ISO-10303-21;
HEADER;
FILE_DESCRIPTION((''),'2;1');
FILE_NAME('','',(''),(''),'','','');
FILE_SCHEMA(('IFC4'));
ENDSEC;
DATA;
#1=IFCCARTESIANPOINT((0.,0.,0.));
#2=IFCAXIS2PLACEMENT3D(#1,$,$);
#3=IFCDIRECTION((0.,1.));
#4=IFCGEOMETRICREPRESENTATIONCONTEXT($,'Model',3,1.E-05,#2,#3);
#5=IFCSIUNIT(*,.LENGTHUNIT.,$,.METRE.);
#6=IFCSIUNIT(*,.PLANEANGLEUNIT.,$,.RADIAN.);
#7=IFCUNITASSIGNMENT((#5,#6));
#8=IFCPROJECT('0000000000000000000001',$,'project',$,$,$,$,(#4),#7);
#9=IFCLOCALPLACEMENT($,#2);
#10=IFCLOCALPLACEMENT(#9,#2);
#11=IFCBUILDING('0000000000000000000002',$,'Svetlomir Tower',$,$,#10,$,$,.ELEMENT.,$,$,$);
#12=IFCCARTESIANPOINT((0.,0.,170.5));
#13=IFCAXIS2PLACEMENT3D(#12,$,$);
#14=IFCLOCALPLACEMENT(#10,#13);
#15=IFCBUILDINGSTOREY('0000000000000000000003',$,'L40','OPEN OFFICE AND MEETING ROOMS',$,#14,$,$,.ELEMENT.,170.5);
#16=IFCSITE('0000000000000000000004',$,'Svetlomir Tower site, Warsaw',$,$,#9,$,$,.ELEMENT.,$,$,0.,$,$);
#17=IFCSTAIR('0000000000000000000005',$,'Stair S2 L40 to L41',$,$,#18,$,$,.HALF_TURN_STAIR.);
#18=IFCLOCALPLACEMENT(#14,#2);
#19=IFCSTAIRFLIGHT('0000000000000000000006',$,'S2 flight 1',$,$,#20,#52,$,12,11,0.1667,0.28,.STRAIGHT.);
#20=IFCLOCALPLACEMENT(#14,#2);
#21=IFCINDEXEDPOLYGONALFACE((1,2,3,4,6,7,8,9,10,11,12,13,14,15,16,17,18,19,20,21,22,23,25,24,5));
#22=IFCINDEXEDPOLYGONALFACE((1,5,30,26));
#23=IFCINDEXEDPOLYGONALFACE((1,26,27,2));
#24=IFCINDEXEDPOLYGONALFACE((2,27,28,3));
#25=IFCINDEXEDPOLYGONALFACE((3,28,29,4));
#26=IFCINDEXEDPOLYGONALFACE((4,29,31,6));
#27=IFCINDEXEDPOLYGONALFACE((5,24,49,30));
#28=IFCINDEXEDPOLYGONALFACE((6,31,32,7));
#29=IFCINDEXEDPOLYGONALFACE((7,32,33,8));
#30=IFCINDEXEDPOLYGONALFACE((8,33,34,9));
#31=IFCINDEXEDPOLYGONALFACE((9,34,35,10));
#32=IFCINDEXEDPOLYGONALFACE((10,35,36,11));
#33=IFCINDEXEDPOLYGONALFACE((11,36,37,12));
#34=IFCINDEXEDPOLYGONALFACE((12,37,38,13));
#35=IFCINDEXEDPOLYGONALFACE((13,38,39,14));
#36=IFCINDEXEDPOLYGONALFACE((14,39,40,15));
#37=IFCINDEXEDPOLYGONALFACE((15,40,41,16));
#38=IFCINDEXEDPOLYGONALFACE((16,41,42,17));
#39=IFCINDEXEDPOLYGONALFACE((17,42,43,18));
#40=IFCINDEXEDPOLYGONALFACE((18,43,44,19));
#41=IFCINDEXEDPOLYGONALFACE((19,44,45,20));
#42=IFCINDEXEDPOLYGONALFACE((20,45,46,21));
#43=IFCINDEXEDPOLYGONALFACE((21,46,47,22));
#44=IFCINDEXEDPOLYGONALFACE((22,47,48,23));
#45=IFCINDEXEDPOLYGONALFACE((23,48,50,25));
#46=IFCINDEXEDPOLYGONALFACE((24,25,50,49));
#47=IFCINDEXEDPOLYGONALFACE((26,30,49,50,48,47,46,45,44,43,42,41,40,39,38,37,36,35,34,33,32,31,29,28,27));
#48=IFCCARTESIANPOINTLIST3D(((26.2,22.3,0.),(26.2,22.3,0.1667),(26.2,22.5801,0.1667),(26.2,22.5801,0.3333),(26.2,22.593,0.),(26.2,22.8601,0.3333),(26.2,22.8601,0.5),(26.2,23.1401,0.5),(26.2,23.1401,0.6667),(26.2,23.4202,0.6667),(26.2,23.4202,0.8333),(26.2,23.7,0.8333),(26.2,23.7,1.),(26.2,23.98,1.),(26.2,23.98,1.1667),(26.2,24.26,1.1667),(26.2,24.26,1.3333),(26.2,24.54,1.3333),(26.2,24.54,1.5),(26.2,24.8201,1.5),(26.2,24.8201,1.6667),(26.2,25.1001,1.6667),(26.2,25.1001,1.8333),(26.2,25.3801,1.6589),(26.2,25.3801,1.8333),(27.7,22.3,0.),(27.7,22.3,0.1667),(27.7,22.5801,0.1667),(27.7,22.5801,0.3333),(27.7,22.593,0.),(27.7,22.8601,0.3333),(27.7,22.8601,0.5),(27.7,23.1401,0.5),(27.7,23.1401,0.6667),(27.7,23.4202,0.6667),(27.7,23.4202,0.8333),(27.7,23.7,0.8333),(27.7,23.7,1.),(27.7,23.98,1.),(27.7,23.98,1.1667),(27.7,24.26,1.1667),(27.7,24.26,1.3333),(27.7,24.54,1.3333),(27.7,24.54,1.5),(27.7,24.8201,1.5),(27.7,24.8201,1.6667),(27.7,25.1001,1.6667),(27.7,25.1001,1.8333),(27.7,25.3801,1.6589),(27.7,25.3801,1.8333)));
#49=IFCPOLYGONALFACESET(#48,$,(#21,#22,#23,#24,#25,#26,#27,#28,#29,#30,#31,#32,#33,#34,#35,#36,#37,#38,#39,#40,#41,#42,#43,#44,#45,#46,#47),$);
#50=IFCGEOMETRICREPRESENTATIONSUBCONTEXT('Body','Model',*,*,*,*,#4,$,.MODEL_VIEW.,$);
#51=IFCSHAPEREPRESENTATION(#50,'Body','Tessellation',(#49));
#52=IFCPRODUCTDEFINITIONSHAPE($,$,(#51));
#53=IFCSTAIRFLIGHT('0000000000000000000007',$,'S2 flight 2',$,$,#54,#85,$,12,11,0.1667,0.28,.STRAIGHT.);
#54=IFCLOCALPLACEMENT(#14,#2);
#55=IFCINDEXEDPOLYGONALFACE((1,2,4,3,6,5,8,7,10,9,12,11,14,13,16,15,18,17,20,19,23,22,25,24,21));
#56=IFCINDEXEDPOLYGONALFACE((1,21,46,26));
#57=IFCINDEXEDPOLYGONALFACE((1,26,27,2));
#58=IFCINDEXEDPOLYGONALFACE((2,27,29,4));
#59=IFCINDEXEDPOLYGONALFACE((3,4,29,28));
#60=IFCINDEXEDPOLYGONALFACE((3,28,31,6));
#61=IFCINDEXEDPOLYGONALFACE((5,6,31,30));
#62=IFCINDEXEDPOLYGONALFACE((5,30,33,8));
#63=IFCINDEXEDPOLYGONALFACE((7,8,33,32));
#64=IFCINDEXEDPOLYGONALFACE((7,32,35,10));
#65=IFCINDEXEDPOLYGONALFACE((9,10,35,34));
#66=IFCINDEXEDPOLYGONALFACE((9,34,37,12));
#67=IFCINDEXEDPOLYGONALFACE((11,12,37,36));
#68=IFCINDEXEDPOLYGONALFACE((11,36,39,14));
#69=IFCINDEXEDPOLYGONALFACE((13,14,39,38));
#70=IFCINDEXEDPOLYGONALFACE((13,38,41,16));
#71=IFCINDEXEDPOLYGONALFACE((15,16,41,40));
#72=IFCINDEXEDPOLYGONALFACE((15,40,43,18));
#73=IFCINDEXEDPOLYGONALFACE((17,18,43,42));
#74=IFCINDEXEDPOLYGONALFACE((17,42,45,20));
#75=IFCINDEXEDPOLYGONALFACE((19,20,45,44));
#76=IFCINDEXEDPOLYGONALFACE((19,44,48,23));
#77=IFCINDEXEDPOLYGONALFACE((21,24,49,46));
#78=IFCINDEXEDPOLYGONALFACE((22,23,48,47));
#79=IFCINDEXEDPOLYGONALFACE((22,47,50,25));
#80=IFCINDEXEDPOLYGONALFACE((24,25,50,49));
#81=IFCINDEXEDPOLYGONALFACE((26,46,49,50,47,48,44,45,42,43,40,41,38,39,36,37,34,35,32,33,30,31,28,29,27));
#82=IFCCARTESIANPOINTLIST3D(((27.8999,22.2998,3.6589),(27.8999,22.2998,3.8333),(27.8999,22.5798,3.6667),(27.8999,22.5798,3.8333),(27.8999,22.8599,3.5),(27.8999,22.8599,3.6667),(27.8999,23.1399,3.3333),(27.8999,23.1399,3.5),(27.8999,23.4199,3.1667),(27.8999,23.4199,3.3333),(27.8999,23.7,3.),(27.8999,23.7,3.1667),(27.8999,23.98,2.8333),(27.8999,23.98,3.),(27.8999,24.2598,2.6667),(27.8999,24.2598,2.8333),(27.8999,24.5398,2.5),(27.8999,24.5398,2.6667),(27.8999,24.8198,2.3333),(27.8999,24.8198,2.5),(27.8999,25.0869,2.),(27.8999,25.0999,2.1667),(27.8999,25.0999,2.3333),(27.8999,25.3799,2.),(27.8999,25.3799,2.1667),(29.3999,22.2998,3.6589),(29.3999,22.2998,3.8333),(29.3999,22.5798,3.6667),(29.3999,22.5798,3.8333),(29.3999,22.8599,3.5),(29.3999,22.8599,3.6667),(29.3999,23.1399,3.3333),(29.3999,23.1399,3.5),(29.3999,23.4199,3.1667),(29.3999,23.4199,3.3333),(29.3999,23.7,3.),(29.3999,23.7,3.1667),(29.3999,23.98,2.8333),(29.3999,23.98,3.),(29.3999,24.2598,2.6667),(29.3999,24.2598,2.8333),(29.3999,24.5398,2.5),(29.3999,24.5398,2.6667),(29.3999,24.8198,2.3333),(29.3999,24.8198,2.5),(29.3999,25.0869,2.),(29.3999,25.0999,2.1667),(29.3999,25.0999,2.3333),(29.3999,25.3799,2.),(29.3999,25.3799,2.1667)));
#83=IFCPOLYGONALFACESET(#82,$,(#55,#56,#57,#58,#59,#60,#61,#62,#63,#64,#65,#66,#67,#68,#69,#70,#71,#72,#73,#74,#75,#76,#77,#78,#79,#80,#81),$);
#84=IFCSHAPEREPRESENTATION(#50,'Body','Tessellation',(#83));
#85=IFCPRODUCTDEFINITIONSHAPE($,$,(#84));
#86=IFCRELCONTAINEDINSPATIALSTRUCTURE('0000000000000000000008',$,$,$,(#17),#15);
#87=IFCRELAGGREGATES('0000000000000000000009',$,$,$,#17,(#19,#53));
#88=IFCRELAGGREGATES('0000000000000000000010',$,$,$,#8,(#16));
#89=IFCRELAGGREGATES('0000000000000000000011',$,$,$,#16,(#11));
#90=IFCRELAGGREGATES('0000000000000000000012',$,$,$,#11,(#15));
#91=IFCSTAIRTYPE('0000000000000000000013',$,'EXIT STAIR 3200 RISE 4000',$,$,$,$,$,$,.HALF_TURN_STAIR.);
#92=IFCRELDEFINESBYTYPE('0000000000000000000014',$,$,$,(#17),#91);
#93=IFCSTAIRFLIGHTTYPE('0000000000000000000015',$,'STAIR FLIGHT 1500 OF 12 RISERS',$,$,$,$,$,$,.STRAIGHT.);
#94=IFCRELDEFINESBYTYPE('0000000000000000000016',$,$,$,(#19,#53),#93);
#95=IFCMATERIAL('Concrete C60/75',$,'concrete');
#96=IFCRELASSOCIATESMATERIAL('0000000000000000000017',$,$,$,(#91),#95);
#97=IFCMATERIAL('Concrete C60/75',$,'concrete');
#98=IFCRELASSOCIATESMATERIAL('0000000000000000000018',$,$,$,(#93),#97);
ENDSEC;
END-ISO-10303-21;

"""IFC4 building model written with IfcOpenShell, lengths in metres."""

from ifc_helpers import new_model, si_unit, direction, frame, origin, place, context, subcontext, project, spatial, polyline, outline, extrude, material, type_object, element, aggregate, save


model = new_model("IFC4")

# Units and contexts
model_context = context("Model", 3, precision=1e-05, world=origin(), true_north=direction((0.0, 1.0)))
body_context = subcontext(model_context, "Body", "Model", "MODEL_VIEW")
ifc_project = project(units=[si_unit("LENGTHUNIT", "METRE"), si_unit("PLANEANGLEUNIT", "RADIAN")], contexts=[model_context])

# Site, building, storey
site_placement = place(None, origin())
site = spatial("IfcSite", under=ifc_project, at=site_placement, Name="Svetlomir Tower site, Warsaw", CompositionType="ELEMENT", RefElevation=0.0)
building_placement = place(site_placement, origin())
building = spatial("IfcBuilding", under=site, at=building_placement, Name="Svetlomir Tower", CompositionType="ELEMENT")
storey_placement = place(building_placement, frame((0.0, 0.0, 170.5)))
storey = spatial("IfcBuildingStorey", under=building, at=storey_placement, Name="L40", Description="OPEN OFFICE AND MEETING ROOMS", CompositionType="ELEMENT", Elevation=170.5)

# Stair, stair flights
ifc_material_1 = material(Name="Concrete C60/75", Category="concrete")
stair_type = type_object("IfcStairType", Name="EXIT STAIR 3200 RISE 4000", PredefinedType="HALF_TURN_STAIR", material=ifc_material_1)
stair_placement = place(storey_placement, origin())
stair = element("IfcStair", 1, at=stair_placement, inside=storey, type_object=stair_type, Name="Stair S2 L40 to L41", PredefinedType="HALF_TURN_STAIR")
ifc_material_2 = material(Name="Concrete C60/75", Category="concrete")
stair_flight_type = type_object("IfcStairFlightType", Name="STAIR FLIGHT 1500 OF 12 RISERS", PredefinedType="STRAIGHT", material=ifc_material_2)
stair_flight_1_placement = place(storey_placement, frame((26.95, 22.3, 0.0), z_axis=(0.0, 0.0, 1.0), x_axis=(0.0, 1.0, 0.0)))
stair_flight_1 = element("IfcStairFlight", 2, at=stair_flight_1_placement, type_object=stair_flight_type, Name="S2 flight 1", NumberOfRisers=12, NumberOfTreads=11, PredefinedType="STRAIGHT", RiserHeight=0.1667, TreadLength=0.28, context=body_context, shape_type="SweptSolid", body=[
    extrude(outline(polyline([(0.0, 0.0), (0.0, 0.1667), (0.28, 0.1667), (0.28, 0.3333), (0.5601, 0.3333), (0.5601, 0.5), (0.8401, 0.5), (0.8401, 0.6667), (1.1201, 0.6667), (1.1201, 0.8333), (1.3999, 0.8333), (1.3999, 1.0), (1.6799, 1.0), (1.6799, 1.1667), (1.96, 1.1667), (1.96, 1.3333), (2.24, 1.3333), (2.24, 1.5), (2.52, 1.5), (2.52, 1.6667), (2.8, 1.6667), (2.8, 1.8333), (3.0801, 1.8333), (3.0801, 2.0), (3.0801, 1.6589), (0.293, 0.0), (0.0, 0.0)])), frame((0.0, 0.75, 0.0), z_axis=(0.0, -1.0, 0.0), x_axis=(1.0, 0.0, 0.0)), (0.0, 0.0, 1.0), 1.5),
])
stair_flight_2_placement = place(storey_placement, frame((28.6499, 25.3799, 2.0), z_axis=(0.0, 0.0, 1.0), x_axis=(0.0, -1.0, 0.0)))
stair_flight_2 = element("IfcStairFlight", 3, at=stair_flight_2_placement, type_object=stair_flight_type, Name="S2 flight 2", NumberOfRisers=12, NumberOfTreads=11, PredefinedType="STRAIGHT", RiserHeight=0.1667, TreadLength=0.28, context=body_context, shape_type="SweptSolid", body=[
    extrude(outline(polyline([(0.0, 0.0), (0.0, 0.1667), (0.28, 0.1667), (0.28, 0.3333), (0.5601, 0.3333), (0.5601, 0.5), (0.8401, 0.5), (0.8401, 0.6667), (1.1201, 0.6667), (1.1201, 0.8333), (1.3999, 0.8333), (1.3999, 1.0), (1.6799, 1.0), (1.6799, 1.1667), (1.96, 1.1667), (1.96, 1.3333), (2.24, 1.3333), (2.24, 1.5), (2.52, 1.5), (2.52, 1.6667), (2.8, 1.6667), (2.8, 1.8333), (3.0801, 1.8333), (3.0801, 2.0), (3.0801, 1.6589), (0.293, 0.0), (0.0, 0.0)])), frame((0.0, 0.75, 0.0), z_axis=(0.0, -1.0, 0.0), x_axis=(1.0, 0.0, 0.0)), (0.0, 0.0, 1.0), 1.5),
])
aggregate(stair, [stair_flight_1, stair_flight_2])

save(model, "model.ifc")
